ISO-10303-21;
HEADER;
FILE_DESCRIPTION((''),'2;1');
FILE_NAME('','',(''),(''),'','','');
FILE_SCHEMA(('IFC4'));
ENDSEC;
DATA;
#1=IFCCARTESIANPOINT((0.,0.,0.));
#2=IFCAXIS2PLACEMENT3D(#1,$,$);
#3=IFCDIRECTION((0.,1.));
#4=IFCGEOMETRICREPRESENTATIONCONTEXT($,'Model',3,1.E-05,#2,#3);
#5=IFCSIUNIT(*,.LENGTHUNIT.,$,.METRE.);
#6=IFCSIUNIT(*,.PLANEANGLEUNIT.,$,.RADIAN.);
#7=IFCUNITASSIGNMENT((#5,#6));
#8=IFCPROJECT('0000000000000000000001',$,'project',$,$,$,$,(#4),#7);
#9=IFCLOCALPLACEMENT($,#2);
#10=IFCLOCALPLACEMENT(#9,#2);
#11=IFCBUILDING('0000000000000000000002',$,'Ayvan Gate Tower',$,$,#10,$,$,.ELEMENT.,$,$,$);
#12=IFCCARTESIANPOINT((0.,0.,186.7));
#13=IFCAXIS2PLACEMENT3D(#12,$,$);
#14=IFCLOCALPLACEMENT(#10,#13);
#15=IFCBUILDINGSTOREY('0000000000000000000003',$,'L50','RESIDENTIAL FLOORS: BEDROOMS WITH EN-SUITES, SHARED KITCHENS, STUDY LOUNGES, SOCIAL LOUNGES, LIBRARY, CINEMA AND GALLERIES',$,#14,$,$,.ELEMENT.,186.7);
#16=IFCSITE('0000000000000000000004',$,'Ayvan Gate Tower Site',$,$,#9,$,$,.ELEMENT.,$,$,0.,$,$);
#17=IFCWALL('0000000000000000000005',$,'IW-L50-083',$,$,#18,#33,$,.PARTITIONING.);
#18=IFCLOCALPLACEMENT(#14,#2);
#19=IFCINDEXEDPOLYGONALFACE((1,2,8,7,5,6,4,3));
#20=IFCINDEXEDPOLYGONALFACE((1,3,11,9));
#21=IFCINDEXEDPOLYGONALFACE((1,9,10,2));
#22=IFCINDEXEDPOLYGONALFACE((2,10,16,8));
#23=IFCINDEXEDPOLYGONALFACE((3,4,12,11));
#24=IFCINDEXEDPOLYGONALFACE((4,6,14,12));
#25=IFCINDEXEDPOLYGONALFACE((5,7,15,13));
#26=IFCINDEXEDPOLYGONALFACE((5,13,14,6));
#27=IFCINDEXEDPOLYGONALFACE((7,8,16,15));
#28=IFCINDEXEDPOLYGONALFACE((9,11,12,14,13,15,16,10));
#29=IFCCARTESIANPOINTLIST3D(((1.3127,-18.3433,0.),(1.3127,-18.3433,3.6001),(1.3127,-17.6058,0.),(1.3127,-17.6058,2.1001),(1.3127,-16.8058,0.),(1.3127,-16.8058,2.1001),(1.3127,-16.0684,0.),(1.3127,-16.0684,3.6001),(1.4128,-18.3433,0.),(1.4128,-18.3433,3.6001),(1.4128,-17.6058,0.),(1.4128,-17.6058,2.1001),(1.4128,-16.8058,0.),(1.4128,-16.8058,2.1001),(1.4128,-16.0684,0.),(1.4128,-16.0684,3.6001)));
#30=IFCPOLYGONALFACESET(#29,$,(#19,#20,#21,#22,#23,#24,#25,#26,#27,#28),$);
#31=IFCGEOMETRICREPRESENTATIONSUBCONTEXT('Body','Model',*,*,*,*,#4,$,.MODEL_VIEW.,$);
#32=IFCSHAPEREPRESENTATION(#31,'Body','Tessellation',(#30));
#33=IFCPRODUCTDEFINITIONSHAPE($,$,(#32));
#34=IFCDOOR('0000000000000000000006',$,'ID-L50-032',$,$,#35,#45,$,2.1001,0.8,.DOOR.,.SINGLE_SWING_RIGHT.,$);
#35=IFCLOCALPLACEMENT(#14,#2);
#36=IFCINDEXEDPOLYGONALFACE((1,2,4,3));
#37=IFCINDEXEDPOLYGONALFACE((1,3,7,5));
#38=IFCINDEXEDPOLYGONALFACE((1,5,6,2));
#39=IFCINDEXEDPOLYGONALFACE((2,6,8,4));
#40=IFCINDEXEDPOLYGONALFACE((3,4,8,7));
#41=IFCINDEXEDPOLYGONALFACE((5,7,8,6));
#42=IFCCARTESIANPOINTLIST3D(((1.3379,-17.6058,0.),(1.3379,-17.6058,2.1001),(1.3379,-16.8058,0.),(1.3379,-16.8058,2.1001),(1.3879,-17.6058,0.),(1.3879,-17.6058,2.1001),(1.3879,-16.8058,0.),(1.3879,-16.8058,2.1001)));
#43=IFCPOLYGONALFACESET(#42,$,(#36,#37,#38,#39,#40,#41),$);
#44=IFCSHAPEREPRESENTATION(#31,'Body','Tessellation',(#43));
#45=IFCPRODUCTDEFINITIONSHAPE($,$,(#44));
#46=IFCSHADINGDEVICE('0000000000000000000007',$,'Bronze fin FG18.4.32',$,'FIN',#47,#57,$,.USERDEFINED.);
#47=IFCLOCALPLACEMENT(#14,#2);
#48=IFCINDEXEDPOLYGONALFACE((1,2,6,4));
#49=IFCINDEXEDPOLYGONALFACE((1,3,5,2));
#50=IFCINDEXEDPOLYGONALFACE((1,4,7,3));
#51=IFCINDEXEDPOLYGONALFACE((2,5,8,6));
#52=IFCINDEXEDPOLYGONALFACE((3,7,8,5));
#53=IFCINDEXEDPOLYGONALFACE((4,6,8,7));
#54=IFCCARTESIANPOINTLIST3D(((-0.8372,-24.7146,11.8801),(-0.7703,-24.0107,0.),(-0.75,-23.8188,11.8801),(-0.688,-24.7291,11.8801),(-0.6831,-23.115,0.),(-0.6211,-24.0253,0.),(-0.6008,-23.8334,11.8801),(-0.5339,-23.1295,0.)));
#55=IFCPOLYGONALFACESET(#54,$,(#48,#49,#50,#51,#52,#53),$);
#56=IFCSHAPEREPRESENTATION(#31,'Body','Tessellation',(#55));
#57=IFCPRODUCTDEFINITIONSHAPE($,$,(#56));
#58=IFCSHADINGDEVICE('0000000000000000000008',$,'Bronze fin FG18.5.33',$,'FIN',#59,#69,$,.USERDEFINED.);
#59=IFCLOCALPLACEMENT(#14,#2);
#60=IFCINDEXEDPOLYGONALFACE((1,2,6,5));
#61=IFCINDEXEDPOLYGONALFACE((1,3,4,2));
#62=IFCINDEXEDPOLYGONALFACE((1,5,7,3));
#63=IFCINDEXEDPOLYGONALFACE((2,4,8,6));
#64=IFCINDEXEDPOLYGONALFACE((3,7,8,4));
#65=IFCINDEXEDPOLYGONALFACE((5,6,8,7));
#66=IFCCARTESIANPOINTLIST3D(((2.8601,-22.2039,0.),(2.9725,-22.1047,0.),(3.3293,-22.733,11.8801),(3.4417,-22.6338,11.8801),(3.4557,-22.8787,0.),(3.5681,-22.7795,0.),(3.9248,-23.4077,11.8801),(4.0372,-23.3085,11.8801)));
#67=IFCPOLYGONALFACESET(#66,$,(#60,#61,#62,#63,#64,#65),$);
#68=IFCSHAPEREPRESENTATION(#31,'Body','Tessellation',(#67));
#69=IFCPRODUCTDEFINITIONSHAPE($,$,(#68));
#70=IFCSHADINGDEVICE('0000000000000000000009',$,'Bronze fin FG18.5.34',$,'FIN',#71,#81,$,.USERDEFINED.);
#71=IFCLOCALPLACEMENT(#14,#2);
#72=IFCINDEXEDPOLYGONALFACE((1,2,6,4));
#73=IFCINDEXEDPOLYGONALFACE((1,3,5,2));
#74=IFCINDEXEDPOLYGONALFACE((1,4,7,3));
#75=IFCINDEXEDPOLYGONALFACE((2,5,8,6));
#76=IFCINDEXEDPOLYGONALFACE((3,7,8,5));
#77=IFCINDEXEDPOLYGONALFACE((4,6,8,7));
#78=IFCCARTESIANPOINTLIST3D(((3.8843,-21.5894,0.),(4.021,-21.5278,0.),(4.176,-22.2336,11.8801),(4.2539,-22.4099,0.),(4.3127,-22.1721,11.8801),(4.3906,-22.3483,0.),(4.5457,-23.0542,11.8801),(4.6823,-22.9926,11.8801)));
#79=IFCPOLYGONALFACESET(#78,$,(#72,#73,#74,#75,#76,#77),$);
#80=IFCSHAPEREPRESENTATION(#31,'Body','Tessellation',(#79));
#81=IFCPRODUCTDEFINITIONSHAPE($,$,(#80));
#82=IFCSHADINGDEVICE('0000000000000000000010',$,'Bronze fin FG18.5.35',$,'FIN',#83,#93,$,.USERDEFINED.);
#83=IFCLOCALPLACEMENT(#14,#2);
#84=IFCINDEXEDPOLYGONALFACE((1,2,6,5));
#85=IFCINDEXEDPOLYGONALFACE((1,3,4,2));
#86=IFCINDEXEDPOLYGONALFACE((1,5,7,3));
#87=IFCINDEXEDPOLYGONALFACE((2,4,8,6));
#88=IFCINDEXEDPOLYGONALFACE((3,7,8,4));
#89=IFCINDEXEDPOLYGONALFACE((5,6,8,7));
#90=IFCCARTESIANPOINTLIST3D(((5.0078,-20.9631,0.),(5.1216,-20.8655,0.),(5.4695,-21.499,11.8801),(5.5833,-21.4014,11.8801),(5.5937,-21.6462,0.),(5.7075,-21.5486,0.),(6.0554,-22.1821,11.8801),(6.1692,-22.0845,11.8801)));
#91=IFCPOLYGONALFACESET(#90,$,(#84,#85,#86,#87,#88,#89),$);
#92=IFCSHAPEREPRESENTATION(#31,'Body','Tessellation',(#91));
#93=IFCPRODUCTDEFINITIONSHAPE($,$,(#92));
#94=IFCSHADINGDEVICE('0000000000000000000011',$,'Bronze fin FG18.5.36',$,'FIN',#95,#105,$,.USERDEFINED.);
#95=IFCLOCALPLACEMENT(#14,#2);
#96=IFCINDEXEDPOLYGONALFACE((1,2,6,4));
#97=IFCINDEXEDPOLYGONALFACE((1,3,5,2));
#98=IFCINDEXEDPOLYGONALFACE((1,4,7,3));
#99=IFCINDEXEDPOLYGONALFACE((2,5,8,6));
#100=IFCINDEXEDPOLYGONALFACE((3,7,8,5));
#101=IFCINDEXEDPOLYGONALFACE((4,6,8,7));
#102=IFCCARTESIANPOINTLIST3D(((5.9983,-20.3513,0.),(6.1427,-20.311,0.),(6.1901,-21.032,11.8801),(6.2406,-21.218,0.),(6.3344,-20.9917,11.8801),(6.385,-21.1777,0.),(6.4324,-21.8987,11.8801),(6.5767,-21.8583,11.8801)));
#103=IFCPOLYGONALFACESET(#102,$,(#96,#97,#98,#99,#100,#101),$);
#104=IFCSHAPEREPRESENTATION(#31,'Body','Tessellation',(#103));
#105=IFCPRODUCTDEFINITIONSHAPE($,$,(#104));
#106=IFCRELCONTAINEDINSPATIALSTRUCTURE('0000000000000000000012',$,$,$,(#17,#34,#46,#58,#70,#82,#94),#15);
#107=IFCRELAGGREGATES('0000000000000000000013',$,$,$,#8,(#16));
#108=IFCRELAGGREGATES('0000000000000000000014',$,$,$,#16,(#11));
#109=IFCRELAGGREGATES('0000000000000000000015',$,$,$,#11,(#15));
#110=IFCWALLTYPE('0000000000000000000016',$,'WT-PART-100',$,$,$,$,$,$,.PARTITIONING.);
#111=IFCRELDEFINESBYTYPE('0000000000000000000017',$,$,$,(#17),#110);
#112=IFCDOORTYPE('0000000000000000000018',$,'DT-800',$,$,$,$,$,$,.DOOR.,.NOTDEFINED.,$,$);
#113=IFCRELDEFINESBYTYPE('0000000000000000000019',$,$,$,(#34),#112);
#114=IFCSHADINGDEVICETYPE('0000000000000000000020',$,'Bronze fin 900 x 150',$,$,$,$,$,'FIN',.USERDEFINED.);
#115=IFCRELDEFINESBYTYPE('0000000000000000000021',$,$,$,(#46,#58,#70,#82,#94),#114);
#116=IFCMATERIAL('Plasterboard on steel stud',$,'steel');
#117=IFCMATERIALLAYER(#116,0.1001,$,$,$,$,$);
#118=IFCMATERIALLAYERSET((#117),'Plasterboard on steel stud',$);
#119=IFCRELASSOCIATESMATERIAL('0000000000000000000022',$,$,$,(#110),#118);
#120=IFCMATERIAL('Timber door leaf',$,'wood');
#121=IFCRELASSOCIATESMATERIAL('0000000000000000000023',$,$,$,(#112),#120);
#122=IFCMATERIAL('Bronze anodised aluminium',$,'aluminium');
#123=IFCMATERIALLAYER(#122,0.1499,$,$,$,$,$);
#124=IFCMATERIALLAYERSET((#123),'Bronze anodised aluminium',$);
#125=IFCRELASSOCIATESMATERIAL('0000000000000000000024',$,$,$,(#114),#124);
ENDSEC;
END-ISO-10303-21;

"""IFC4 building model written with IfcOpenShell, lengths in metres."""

from ifc_helpers import new_model, si_unit, direction, frame, frame_2d, origin, place, context, subcontext, project, spatial, polyline, rectangle, outline, extrude, material, layer, layer_set, type_object, element, fill, save


model = new_model("IFC4")

# Units and contexts
model_context = context("Model", 3, precision=1e-05, world=origin(), true_north=direction((0.0, 1.0)))
body_context = subcontext(model_context, "Body", "Model", "MODEL_VIEW")
ifc_project = project(units=[si_unit("LENGTHUNIT", "METRE"), si_unit("PLANEANGLEUNIT", "RADIAN")], contexts=[model_context])

# Site, building, storey
site_placement = place(None, origin())
site = spatial("IfcSite", under=ifc_project, at=site_placement, Name="Ayvan Gate Tower Site", CompositionType="ELEMENT", RefElevation=0.0)
building_placement = place(site_placement, origin())
building = spatial("IfcBuilding", under=site, at=building_placement, Name="Ayvan Gate Tower", CompositionType="ELEMENT")
storey_placement = place(building_placement, frame((0.0, 0.0, 186.7)))
storey = spatial("IfcBuildingStorey", under=building, at=storey_placement, Name="L50", Description="RESIDENTIAL FLOORS: BEDROOMS WITH EN-SUITES, SHARED KITCHENS, STUDY LOUNGES, SOCIAL LOUNGES, LIBRARY, CINEMA AND GALLERIES", CompositionType="ELEMENT", Elevation=186.7)

# Shared definitions
ifc_material_1 = material(Name="Bronze anodised aluminium", Category="aluminium")

# Wall, opening, door
ifc_material_2 = material(Name="Plasterboard on steel stud", Category="steel")
ifc_layer_1 = layer(ifc_material_2, 0.1001)
ifc_layer_set_1 = layer_set([ifc_layer_1], Name="Plasterboard on steel stud")
wall_type = type_object("IfcWallType", Name="WT-PART-100", PredefinedType="PARTITIONING", material=ifc_layer_set_1)
wall_placement = place(storey_placement, frame((1.3628, -18.3433, 0.0), z_axis=(0.0, 0.0, 1.0), x_axis=(0.0, 1.0, 0.0)))
wall = element("IfcWall", 1, at=wall_placement, inside=storey, type_object=wall_type, Name="IW-L50-083", PredefinedType="PARTITIONING", context=body_context, shape_type="SweptSolid", body=[
    extrude(rectangle(XDim=2.2749, YDim=0.1001, at=frame_2d((1.1375, 0.0))), origin(), (0.0, 0.0, 1.0), 3.6001),
])
opening_placement = place(wall_placement, frame((0.7375, 0.0, 0.0)))
opening = element("IfcOpeningElement", 2, at=opening_placement, cuts=wall, PredefinedType="OPENING", context=body_context, shape_type="SweptSolid", body=[
    extrude(rectangle(XDim=0.8, YDim=2.1001, at=frame_2d((0.3999, 1.05))), frame((0.0, 0.0601, 0.0), z_axis=(0.0, -1.0, 0.0), x_axis=(1.0, 0.0, 0.0)), (0.0, 0.0, 1.0), 0.1201),
])
ifc_material_3 = material(Name="Timber door leaf", Category="wood")
door_type = type_object("IfcDoorType", Name="DT-800", OperationType="NOTDEFINED", PredefinedType="DOOR", material=ifc_material_3)
door_placement = place(opening_placement, origin())
door = element("IfcDoor", 3, at=door_placement, inside=storey, type_object=door_type, Name="ID-L50-032", OperationType="SINGLE_SWING_RIGHT", OverallHeight=2.1001, OverallWidth=0.8, PredefinedType="DOOR", context=body_context, shape_type="SweptSolid", body=[
    extrude(rectangle(XDim=0.8, YDim=2.1001, at=frame_2d((0.3999, 1.05))), frame((0.0, 0.0249, 0.0), z_axis=(0.0, -1.0, 0.0), x_axis=(1.0, 0.0, 0.0)), (0.0, 0.0, 1.0), 0.05),
])
fill(opening, door)

# Shading devices
ifc_layer_2 = layer(ifc_material_1, 0.1499)
ifc_layer_set_2 = layer_set([ifc_layer_2], Name="Bronze anodised aluminium")
shading_device_type = type_object("IfcShadingDeviceType", Name="Bronze fin 900 x 150", ElementType="FIN", PredefinedType="USERDEFINED", material=ifc_layer_set_2)
shading_device_1_placement = place(storey_placement, frame((-0.6831, -23.115, 0.0), z_axis=(-0.9953, 0.096844, 0.000133), x_axis=(-0.096844, -0.9953, 0.0)))
element("IfcShadingDevice", 4, at=shading_device_1_placement, inside=storey, type_object=shading_device_type, Name="Bronze fin FG18.4.32", ObjectType="FIN", PredefinedType="USERDEFINED", context=body_context, shape_type="SweptSolid", body=[
    extrude(outline(polyline([(0.0, 0.0), (0.9, 0.0), (1.607, 11.8801), (0.707, 11.8801), (0.0, 0.0)])), origin(), (0.0, 0.0, -1.0), 0.1499),
])
shading_device_2_placement = place(storey_placement, frame((2.8601, -22.2039, 0.0), z_axis=(-0.749747, -0.661725, 0.000137), x_axis=(0.661725, -0.749747, 0.0)))
element("IfcShadingDevice", 5, at=shading_device_2_placement, inside=storey, type_object=shading_device_type, Name="Bronze fin FG18.5.33", ObjectType="FIN", PredefinedType="USERDEFINED", context=body_context, shape_type="SweptSolid", body=[
    extrude(outline(polyline([(0.0, 0.0), (0.9001, 0.0), (1.6071, 11.8801), (0.7072, 11.8801), (0.0, 0.0)])), origin(), (0.0, 0.0, -1.0), 0.1499),
])
shading_device_3_placement = place(storey_placement, frame((3.8843, -21.5894, 0.0), z_axis=(-0.911764, -0.410714, 0.000117), x_axis=(0.410714, -0.911764, 0.0)))
element("IfcShadingDevice", 6, at=shading_device_3_placement, inside=storey, type_object=shading_device_type, Name="Bronze fin FG18.5.34", ObjectType="FIN", PredefinedType="USERDEFINED", context=body_context, shape_type="SweptSolid", body=[
    extrude(outline(polyline([(0.0, 0.0), (0.9, 0.0), (1.6072, 11.8801), (0.7073, 11.8801), (0.0, 0.0)])), origin(), (0.0, 0.0, -1.0), 0.1499),
])
shading_device_4_placement = place(storey_placement, frame((5.0078, -20.9631, 0.0), z_axis=(-0.759027, -0.651059, 0.000128), x_axis=(0.651059, -0.759027, 0.0)))
element("IfcShadingDevice", 7, at=shading_device_4_placement, inside=storey, type_object=shading_device_type, Name="Bronze fin FG18.5.35", ObjectType="FIN", PredefinedType="USERDEFINED", context=body_context, shape_type="SweptSolid", body=[
    extrude(outline(polyline([(0.0, 0.0), (0.9, 0.0), (1.6073, 11.8801), (0.7073, 11.8801), (0.0, 0.0)])), origin(), (0.0, 0.0, -1.0), 0.1499),
])
shading_device_5_placement = place(storey_placement, frame((5.9983, -20.3513, 0.0), z_axis=(-0.96307, -0.269253, 0.00012), x_axis=(0.269253, -0.96307, 0.0)))
element("IfcShadingDevice", 8, at=shading_device_5_placement, inside=storey, type_object=shading_device_type, Name="Bronze fin FG18.5.36", ObjectType="FIN", PredefinedType="USERDEFINED", context=body_context, shape_type="SweptSolid", body=[
    extrude(outline(polyline([(0.0, 0.0), (0.9, 0.0), (1.6071, 11.8801), (0.7072, 11.8801), (0.0, 0.0)])), origin(), (0.0, 0.0, -1.0), 0.1499),
])

save(model, "model.ifc")
